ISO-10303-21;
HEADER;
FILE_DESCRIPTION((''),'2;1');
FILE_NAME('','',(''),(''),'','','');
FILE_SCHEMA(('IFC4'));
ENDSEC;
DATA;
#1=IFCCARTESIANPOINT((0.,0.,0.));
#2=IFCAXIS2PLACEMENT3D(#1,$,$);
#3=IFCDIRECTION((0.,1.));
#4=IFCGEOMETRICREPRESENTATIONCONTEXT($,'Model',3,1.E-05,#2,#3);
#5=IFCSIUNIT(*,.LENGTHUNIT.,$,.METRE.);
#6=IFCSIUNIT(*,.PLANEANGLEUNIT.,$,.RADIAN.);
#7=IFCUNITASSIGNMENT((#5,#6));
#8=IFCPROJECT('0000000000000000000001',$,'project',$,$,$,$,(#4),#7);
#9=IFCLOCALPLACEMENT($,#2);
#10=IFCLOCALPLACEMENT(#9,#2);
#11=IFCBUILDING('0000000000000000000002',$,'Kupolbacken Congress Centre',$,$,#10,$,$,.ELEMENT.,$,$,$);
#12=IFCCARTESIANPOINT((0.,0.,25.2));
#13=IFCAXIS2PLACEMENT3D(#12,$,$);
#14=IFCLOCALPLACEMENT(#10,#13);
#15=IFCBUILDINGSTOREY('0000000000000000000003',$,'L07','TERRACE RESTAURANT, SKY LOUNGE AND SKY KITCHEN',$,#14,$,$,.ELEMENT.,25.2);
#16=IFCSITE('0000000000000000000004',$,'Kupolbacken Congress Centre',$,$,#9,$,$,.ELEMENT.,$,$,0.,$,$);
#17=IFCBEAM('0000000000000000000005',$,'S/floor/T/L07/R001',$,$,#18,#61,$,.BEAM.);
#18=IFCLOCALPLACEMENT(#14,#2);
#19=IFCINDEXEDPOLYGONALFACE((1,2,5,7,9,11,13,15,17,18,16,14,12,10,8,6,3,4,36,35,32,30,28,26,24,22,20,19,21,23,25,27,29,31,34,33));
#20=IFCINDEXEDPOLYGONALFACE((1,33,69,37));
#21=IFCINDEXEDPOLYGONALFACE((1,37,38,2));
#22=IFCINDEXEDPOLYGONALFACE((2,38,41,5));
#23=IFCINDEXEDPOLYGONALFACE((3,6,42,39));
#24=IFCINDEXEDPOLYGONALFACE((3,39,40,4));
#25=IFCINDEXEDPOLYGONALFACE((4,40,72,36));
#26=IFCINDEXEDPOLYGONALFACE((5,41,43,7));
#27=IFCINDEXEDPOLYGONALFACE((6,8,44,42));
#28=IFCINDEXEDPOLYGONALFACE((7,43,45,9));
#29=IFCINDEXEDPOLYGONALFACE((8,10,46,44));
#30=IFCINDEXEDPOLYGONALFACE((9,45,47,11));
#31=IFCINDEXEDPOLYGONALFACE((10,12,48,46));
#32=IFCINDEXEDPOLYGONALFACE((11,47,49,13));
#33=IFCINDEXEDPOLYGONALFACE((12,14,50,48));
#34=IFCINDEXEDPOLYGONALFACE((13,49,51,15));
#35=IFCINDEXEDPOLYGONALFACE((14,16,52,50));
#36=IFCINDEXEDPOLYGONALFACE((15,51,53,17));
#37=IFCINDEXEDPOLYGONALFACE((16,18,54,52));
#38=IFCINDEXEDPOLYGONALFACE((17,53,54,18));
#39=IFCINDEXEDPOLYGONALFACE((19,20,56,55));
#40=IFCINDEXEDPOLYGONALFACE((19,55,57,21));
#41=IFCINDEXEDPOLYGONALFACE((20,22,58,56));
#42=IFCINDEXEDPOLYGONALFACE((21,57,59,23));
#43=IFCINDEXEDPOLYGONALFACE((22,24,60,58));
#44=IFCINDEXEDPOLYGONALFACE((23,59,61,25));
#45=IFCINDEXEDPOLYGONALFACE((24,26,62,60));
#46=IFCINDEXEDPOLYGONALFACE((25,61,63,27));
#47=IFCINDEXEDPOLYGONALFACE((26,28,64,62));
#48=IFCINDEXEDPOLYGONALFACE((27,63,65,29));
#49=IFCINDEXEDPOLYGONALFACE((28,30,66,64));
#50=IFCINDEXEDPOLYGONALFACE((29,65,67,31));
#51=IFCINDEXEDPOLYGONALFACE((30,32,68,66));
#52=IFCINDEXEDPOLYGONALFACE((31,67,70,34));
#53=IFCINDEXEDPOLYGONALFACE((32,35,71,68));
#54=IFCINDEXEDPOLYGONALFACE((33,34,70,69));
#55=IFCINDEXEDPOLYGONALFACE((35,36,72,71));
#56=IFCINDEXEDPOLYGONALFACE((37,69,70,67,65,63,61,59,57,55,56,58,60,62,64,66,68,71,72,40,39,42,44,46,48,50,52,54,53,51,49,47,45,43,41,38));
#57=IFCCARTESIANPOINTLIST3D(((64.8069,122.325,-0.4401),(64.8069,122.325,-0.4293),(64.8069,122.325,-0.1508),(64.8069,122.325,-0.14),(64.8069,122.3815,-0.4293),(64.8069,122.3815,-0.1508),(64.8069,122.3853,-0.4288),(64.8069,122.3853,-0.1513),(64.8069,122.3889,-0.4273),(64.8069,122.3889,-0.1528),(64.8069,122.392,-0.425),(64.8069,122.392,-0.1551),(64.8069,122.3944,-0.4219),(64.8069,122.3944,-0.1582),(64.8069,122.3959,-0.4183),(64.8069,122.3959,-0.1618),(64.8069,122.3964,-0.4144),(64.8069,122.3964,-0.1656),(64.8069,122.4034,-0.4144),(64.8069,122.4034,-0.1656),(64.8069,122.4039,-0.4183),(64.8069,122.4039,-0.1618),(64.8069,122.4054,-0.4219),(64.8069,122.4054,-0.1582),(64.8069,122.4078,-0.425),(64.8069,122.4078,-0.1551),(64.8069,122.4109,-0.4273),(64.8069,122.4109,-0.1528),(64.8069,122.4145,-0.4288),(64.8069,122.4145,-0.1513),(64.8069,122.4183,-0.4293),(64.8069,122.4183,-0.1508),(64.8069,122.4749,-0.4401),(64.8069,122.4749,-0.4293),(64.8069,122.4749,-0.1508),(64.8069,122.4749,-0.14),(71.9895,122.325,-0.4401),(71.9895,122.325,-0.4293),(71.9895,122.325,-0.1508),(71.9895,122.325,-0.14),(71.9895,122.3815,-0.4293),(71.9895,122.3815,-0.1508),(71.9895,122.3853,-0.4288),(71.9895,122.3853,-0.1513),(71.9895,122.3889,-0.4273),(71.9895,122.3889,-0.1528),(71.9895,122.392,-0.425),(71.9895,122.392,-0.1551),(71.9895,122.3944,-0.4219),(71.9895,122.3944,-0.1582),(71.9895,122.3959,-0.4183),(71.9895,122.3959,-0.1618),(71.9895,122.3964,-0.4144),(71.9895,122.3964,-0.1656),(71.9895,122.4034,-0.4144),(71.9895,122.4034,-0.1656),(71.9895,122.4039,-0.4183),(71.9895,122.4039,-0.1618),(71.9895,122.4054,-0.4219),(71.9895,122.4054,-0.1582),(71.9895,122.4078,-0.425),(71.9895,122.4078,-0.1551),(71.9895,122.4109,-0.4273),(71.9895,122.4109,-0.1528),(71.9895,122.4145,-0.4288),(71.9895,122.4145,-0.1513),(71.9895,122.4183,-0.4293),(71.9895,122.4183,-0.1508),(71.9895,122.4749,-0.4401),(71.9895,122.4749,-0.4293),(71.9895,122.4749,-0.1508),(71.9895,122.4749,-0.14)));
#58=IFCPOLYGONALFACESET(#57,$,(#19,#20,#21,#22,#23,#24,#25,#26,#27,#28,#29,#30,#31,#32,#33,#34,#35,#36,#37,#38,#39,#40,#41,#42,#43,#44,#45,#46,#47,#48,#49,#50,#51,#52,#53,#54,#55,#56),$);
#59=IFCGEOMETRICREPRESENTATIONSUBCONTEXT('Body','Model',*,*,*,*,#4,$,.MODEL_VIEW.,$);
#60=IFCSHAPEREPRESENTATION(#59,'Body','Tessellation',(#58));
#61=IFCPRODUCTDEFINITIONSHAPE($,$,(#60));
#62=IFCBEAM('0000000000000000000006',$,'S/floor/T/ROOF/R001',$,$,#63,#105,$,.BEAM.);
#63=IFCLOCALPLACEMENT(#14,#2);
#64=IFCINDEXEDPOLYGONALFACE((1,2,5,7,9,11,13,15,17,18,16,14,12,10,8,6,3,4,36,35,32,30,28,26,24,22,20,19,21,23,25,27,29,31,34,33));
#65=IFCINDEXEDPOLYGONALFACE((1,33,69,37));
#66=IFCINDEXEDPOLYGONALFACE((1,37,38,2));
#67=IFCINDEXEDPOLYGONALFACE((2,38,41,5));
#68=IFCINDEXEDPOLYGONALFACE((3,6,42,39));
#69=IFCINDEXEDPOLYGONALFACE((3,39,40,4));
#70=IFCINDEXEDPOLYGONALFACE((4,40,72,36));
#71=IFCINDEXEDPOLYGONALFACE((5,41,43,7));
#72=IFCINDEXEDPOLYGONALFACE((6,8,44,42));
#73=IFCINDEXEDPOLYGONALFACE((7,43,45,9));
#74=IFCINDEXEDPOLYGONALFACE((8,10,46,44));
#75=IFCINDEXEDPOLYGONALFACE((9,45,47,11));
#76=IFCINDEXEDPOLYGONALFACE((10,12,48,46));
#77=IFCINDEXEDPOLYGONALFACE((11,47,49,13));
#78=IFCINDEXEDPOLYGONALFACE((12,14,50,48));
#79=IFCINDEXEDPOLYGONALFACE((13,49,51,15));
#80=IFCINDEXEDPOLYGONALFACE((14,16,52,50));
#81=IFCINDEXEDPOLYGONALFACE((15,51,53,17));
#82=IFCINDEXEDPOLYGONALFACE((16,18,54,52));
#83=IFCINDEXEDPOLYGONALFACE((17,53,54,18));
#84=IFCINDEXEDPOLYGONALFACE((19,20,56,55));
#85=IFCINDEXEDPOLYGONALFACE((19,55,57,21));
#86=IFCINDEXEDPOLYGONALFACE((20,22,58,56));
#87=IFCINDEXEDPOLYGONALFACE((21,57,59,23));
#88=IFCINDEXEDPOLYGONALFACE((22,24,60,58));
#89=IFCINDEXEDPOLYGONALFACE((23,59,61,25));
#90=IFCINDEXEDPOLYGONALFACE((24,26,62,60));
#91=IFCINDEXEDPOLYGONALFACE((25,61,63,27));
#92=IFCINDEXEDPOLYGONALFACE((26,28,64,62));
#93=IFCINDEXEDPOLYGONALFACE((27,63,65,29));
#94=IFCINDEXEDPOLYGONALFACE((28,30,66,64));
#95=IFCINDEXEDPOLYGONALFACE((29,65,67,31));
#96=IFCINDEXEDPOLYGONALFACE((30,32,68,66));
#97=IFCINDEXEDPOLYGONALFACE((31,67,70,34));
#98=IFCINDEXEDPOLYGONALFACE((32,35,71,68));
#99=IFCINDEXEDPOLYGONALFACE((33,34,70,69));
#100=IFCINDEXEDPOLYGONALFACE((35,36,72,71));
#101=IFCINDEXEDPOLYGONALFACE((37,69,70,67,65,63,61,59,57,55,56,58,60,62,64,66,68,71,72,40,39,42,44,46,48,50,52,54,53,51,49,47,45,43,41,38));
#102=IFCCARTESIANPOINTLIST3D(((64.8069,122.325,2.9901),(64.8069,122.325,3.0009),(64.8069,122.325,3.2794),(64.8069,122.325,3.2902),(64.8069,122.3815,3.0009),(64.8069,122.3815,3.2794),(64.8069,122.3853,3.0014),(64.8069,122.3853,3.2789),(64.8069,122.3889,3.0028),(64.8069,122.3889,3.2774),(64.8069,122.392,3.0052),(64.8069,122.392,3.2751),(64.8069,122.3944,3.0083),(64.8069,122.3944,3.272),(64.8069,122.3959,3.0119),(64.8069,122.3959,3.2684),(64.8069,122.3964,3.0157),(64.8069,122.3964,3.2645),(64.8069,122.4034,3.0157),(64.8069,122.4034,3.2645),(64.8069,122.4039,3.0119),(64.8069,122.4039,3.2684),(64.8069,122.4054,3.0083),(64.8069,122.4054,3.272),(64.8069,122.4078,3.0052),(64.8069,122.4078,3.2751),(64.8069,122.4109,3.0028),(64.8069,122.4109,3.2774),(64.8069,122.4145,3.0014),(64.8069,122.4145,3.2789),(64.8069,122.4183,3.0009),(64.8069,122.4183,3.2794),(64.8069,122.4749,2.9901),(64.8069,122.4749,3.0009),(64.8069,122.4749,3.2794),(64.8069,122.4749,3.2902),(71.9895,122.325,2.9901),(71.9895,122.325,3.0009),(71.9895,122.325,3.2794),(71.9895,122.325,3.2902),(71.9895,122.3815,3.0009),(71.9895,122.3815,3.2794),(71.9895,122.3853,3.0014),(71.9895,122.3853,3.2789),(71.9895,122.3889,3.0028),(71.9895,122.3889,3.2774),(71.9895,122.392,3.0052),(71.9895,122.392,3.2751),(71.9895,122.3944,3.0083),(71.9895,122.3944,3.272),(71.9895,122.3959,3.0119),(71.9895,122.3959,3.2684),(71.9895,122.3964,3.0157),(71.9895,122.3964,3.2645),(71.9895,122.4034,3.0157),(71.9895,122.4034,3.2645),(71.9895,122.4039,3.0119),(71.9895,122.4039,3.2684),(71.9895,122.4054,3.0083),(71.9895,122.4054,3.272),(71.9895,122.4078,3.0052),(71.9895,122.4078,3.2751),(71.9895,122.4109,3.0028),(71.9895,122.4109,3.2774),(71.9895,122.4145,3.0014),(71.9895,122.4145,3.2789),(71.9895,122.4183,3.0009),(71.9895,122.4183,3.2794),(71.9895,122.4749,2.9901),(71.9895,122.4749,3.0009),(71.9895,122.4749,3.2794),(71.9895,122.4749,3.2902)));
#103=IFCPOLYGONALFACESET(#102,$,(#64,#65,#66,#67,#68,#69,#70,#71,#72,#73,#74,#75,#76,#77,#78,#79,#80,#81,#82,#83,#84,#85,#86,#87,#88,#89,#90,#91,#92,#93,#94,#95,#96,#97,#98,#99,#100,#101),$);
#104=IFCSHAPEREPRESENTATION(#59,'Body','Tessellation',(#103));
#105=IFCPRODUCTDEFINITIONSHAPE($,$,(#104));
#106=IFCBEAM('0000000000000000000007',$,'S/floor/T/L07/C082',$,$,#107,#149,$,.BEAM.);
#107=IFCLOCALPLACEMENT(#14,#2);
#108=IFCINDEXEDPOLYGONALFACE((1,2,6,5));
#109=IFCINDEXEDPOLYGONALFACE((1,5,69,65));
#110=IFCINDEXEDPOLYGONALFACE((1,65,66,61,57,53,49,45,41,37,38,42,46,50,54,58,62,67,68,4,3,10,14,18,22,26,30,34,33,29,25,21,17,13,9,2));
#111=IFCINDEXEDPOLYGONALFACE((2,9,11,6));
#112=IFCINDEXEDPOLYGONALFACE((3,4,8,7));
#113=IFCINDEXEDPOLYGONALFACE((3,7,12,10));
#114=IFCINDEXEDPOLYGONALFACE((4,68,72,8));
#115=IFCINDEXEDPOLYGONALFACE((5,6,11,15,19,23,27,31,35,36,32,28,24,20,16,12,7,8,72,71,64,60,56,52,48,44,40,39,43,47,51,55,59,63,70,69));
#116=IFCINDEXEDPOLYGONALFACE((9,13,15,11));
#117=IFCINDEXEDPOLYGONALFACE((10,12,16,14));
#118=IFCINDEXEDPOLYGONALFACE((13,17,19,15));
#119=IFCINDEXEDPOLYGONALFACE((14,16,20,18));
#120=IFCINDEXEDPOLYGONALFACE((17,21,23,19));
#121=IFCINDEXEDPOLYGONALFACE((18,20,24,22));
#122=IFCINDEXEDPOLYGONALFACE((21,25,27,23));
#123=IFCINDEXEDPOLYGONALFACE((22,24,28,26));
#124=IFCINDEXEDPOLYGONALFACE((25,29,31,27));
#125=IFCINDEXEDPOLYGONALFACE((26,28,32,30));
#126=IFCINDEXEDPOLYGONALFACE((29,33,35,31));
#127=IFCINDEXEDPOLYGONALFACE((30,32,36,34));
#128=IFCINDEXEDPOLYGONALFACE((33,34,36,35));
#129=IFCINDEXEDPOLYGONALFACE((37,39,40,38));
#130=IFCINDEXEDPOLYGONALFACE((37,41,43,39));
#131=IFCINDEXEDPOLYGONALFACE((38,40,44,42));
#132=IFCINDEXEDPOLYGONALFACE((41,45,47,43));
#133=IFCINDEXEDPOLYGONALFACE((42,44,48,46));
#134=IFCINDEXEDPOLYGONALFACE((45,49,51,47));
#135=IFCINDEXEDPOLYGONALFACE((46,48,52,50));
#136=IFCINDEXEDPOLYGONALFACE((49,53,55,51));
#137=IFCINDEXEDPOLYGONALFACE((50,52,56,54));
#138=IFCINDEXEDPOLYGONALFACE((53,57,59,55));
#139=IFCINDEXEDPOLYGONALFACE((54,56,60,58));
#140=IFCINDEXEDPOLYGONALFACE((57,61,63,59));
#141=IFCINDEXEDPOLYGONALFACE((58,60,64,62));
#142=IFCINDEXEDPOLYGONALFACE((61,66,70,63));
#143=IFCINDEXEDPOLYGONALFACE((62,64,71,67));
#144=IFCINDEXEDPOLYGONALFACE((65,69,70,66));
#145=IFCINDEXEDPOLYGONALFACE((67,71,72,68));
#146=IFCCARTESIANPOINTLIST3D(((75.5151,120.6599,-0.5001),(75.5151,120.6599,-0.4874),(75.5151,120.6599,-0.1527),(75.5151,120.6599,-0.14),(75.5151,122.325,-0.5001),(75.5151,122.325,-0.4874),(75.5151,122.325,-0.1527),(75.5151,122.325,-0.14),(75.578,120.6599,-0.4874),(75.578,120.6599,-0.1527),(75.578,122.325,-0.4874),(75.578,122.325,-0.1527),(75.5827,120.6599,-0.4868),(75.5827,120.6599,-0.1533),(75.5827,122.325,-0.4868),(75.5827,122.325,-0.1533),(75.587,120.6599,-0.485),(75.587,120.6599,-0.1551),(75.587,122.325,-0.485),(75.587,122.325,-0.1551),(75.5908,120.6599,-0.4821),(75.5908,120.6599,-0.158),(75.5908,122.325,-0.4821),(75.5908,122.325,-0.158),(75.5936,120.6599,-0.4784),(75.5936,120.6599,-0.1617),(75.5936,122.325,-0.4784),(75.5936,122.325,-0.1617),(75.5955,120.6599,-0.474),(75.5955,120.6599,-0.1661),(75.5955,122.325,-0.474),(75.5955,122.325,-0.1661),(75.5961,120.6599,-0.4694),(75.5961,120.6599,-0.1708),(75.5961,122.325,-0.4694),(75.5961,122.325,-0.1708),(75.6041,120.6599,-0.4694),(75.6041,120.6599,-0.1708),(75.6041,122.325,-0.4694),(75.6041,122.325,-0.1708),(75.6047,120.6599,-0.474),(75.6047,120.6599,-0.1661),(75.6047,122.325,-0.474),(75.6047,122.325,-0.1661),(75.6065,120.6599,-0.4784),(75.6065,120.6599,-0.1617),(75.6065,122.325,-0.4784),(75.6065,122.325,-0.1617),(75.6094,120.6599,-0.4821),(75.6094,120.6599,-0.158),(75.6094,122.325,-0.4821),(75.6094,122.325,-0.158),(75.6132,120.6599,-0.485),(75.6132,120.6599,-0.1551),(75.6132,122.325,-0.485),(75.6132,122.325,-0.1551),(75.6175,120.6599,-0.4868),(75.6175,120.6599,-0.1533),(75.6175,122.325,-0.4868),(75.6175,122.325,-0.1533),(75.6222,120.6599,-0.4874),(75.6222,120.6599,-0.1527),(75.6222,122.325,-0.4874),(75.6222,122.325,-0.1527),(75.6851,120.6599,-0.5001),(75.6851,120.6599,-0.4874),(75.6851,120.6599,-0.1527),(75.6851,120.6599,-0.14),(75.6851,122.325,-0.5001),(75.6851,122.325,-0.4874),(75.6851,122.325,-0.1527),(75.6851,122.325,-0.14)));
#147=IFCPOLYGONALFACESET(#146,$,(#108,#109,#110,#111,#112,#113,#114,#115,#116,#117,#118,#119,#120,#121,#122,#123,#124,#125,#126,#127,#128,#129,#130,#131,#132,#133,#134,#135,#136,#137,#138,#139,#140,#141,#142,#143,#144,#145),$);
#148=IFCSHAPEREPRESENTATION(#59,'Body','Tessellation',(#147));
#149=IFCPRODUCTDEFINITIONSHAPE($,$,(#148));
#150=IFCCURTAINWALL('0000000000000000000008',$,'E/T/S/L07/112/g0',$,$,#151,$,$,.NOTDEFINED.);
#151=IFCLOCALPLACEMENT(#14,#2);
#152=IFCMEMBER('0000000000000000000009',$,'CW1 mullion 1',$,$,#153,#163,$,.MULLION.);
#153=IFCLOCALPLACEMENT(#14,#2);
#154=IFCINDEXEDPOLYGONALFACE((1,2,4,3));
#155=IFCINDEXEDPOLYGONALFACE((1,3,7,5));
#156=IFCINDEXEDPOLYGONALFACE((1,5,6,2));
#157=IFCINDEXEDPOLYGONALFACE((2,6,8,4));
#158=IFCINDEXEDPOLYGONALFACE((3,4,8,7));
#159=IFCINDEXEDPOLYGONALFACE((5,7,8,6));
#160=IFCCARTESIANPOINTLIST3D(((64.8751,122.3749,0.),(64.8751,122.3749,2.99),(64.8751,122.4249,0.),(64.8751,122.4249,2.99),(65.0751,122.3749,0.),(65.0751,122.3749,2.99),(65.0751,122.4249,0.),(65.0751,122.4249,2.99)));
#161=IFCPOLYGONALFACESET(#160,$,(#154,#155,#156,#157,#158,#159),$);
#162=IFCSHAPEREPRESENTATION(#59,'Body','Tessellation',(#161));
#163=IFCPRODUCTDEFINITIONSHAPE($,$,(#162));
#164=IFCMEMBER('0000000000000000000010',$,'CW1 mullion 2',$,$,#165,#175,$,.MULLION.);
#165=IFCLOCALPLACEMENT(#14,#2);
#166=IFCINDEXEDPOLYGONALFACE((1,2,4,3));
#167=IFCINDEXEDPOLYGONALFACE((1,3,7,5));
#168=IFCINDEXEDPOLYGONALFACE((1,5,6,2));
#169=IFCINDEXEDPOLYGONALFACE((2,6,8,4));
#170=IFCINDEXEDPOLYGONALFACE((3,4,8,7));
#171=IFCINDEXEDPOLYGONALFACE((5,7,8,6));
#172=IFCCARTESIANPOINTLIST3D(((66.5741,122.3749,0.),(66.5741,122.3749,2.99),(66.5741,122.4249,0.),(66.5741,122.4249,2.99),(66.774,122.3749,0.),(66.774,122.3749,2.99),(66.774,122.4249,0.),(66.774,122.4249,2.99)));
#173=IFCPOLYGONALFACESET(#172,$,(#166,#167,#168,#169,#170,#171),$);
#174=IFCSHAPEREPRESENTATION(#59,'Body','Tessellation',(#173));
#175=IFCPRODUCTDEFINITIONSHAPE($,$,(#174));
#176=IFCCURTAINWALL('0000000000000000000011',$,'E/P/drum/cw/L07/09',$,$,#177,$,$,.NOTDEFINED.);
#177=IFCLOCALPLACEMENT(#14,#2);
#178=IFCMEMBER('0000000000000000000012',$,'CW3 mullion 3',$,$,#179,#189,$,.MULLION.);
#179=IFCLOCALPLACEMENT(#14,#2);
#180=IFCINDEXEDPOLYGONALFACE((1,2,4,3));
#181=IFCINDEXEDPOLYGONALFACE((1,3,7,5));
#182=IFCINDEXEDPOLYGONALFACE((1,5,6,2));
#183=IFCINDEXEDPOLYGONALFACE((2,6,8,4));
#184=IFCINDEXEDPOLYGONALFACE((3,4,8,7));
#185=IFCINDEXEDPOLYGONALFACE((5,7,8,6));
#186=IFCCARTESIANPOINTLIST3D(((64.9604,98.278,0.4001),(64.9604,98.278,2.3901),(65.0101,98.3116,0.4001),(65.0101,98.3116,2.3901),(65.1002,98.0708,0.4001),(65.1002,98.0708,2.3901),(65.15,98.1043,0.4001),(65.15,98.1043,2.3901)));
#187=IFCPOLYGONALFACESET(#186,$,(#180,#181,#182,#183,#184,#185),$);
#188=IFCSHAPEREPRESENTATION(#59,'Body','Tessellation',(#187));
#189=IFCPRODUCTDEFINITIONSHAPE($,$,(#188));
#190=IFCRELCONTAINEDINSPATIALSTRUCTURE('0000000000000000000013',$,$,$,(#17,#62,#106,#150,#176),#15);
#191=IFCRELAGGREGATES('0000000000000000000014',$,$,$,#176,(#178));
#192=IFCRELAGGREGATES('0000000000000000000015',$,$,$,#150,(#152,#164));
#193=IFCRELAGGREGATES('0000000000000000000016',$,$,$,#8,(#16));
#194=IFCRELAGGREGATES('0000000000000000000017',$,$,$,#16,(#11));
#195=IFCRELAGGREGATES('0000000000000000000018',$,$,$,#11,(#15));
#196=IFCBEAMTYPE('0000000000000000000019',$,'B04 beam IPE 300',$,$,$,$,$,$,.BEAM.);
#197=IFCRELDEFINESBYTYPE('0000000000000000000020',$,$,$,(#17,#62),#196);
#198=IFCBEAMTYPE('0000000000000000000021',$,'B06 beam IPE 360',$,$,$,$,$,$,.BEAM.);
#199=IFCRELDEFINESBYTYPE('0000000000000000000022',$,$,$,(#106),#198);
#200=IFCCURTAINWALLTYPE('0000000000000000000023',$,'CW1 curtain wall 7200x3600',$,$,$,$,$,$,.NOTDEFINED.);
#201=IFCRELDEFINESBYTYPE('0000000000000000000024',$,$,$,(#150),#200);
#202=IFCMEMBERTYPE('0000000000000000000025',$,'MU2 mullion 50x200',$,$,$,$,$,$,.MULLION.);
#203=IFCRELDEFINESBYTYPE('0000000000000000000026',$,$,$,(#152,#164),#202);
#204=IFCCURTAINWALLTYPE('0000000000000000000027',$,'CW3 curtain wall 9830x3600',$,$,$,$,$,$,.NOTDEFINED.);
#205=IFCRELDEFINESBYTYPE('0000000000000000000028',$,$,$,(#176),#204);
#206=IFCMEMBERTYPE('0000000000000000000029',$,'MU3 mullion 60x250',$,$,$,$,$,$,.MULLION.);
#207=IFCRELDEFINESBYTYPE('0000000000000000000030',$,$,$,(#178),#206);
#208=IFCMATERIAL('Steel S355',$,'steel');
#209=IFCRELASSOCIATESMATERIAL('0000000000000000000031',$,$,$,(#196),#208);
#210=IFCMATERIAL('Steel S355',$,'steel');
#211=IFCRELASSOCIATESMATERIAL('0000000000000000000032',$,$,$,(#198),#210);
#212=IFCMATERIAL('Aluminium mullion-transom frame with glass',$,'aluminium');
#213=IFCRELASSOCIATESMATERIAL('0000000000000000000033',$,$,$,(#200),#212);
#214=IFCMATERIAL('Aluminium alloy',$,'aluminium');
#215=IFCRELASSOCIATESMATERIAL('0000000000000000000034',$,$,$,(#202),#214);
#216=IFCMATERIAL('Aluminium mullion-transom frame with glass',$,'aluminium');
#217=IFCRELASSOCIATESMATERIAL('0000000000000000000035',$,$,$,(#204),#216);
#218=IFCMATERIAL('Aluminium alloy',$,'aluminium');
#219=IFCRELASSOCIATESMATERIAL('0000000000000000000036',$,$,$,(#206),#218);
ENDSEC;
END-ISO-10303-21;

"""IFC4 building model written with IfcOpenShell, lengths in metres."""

from ifc_helpers import new_model, si_unit, direction, frame, origin, origin_2d, place, context, subcontext, project, spatial, rectangle, i_section, extrude, material, material_profile, profile_set, type_object, element, aggregate, save


model = new_model("IFC4")

# Units and contexts
model_context = context("Model", 3, precision=1e-05, world=origin(), true_north=direction((0.0, 1.0)))
body_context = subcontext(model_context, "Body", "Model", "MODEL_VIEW")
ifc_project = project(units=[si_unit("LENGTHUNIT", "METRE"), si_unit("PLANEANGLEUNIT", "RADIAN")], contexts=[model_context])

# Site, building, storey
site_placement = place(None, origin())
site = spatial("IfcSite", under=ifc_project, at=site_placement, Name="Kupolbacken Congress Centre", CompositionType="ELEMENT", RefElevation=0.0)
building_placement = place(site_placement, origin())
building = spatial("IfcBuilding", under=site, at=building_placement, Name="Kupolbacken Congress Centre", CompositionType="ELEMENT")
storey_placement = place(building_placement, frame((0.0, 0.0, 25.2)))
storey = spatial("IfcBuildingStorey", under=building, at=storey_placement, Name="L07", Description="TERRACE RESTAURANT, SKY LOUNGE AND SKY KITCHEN", CompositionType="ELEMENT", Elevation=25.2)

# Beams
ifc_material_1 = material(Name="Steel S355", Category="steel")
ifc_material_profile_1 = material_profile(ifc_material_1, i_section(OverallWidth=0.1499, OverallDepth=0.3, WebThickness=0.0071, FlangeThickness=0.0107, FilletRadius=0.0149, at=origin_2d()), Name="IPE 300")
ifc_profile_set_1 = profile_set([ifc_material_profile_1], Name="Steel S355")
beam_type_1 = type_object("IfcBeamType", Name="B04 beam IPE 300", PredefinedType="BEAM", material=ifc_profile_set_1)
for number, where, z_axis, x_axis, name in (
    (1, (64.8069, 122.3999, -0.29), (1.0, 0.0, 0.0), (0.0, 1.0, 0.0), "S/floor/T/L07/R001"),
    (2, (64.8069, 122.3999, 3.1401), (1.0, 0.0, 0.0), (0.0, 1.0, 0.0), "S/floor/T/ROOF/R001"),
):
    element("IfcBeam", number, at=place(storey_placement, frame(where, z_axis=z_axis, x_axis=x_axis)), inside=storey, type_object=beam_type_1, Name=name, PredefinedType="BEAM", context=body_context, shape_type="SweptSolid", body=[
        extrude(i_section(OverallWidth=0.1499, OverallDepth=0.3, WebThickness=0.0071, FlangeThickness=0.0107, FilletRadius=0.0149, at=origin_2d()), origin(), (0.0, 0.0, 1.0), 7.1826),
    ])
ifc_material_2 = material(Name="Steel S355", Category="steel")
ifc_material_profile_2 = material_profile(ifc_material_2, i_section(OverallWidth=0.1699, OverallDepth=0.3601, WebThickness=0.0081, FlangeThickness=0.0127, FilletRadius=0.0181, at=origin_2d()), Name="IPE 360")
ifc_profile_set_2 = profile_set([ifc_material_profile_2], Name="Steel S355")
beam_type_2 = type_object("IfcBeamType", Name="B06 beam IPE 360", PredefinedType="BEAM", material=ifc_profile_set_2)
beam_placement = place(storey_placement, frame((75.6001, 122.325, -0.3201), z_axis=(0.0, -1.0, 0.0), x_axis=(1.0, 0.0, 0.0)))
element("IfcBeam", 3, at=beam_placement, inside=storey, type_object=beam_type_2, Name="S/floor/T/L07/C082", PredefinedType="BEAM", context=body_context, shape_type="SweptSolid", body=[
    extrude(i_section(OverallWidth=0.1699, OverallDepth=0.3601, WebThickness=0.0081, FlangeThickness=0.0127, FilletRadius=0.0181, at=origin_2d()), origin(), (0.0, 0.0, 1.0), 1.665),
])

# Curtain wall, members
ifc_material_3 = material(Name="Aluminium mullion-transom frame with glass", Category="aluminium")
curtain_wall_type_1 = type_object("IfcCurtainWallType", Name="CW1 curtain wall 7200x3600", PredefinedType="NOTDEFINED", material=ifc_material_3)
curtain_wall_1_placement = place(storey_placement, origin())
curtain_wall_1 = element("IfcCurtainWall", 4, at=curtain_wall_1_placement, inside=storey, type_object=curtain_wall_type_1, Name="E/T/S/L07/112/g0", PredefinedType="NOTDEFINED")
ifc_material_4 = material(Name="Aluminium alloy", Category="aluminium")
ifc_material_profile_3 = material_profile(ifc_material_4, rectangle(XDim=0.05, YDim=0.2, at=origin_2d()), Name="50 x 200")
ifc_profile_set_3 = profile_set([ifc_material_profile_3], Name="Aluminium alloy")
member_type_1 = type_object("IfcMemberType", Name="MU2 mullion 50x200", PredefinedType="MULLION", material=ifc_profile_set_3)
member_1_placement = place(storey_placement, frame((64.9751, 122.3999, 0.0), z_axis=(0.0, 0.0, 1.0), x_axis=(0.0, 1.0, 0.0)))
member_1 = element("IfcMember", 5, at=member_1_placement, type_object=member_type_1, Name="CW1 mullion 1", PredefinedType="MULLION", context=body_context, shape_type="SweptSolid", body=[
    extrude(rectangle(XDim=0.05, YDim=0.2, at=origin_2d()), origin(), (0.0, 0.0, 1.0), 2.99),
])
member_2_placement = place(storey_placement, frame((66.6741, 122.3999, 0.0), z_axis=(0.0, 0.0, 1.0), x_axis=(0.0, 1.0, 0.0)))
member_2 = element("IfcMember", 6, at=member_2_placement, type_object=member_type_1, Name="CW1 mullion 2", PredefinedType="MULLION", context=body_context, shape_type="SweptSolid", body=[
    extrude(rectangle(XDim=0.05, YDim=0.2, at=origin_2d()), origin(), (0.0, 0.0, 1.0), 2.99),
])

# Curtain wall, member
ifc_material_5 = material(Name="Aluminium mullion-transom frame with glass", Category="aluminium")
curtain_wall_type_2 = type_object("IfcCurtainWallType", Name="CW3 curtain wall 9830x3600", PredefinedType="NOTDEFINED", material=ifc_material_5)
curtain_wall_2_placement = place(storey_placement, origin())
curtain_wall_2 = element("IfcCurtainWall", 7, at=curtain_wall_2_placement, inside=storey, type_object=curtain_wall_type_2, Name="E/P/drum/cw/L07/09", PredefinedType="NOTDEFINED")
ifc_material_6 = material(Name="Aluminium alloy", Category="aluminium")
ifc_material_profile_4 = material_profile(ifc_material_6, rectangle(XDim=0.0601, YDim=0.25, at=origin_2d()), Name="60 x 250")
ifc_profile_set_4 = profile_set([ifc_material_profile_4], Name="Aluminium alloy")
member_type_2 = type_object("IfcMemberType", Name="MU3 mullion 60x250", PredefinedType="MULLION", material=ifc_profile_set_4)
member_3_placement = place(storey_placement, frame((65.0552, 98.1912, 0.4001), z_axis=(0.0, 0.0, 1.0), x_axis=(-0.828908, -0.559386, 0.0)))
member_3 = element("IfcMember", 8, at=member_3_placement, type_object=member_type_2, Name="CW3 mullion 3", PredefinedType="MULLION", context=body_context, shape_type="SweptSolid", body=[
    extrude(rectangle(XDim=0.0601, YDim=0.25, at=origin_2d()), origin(), (0.0, 0.0, 1.0), 1.99),
])

aggregate(curtain_wall_2, [member_3])
aggregate(curtain_wall_1, [member_1, member_2])

save(model, "model.ifc")
